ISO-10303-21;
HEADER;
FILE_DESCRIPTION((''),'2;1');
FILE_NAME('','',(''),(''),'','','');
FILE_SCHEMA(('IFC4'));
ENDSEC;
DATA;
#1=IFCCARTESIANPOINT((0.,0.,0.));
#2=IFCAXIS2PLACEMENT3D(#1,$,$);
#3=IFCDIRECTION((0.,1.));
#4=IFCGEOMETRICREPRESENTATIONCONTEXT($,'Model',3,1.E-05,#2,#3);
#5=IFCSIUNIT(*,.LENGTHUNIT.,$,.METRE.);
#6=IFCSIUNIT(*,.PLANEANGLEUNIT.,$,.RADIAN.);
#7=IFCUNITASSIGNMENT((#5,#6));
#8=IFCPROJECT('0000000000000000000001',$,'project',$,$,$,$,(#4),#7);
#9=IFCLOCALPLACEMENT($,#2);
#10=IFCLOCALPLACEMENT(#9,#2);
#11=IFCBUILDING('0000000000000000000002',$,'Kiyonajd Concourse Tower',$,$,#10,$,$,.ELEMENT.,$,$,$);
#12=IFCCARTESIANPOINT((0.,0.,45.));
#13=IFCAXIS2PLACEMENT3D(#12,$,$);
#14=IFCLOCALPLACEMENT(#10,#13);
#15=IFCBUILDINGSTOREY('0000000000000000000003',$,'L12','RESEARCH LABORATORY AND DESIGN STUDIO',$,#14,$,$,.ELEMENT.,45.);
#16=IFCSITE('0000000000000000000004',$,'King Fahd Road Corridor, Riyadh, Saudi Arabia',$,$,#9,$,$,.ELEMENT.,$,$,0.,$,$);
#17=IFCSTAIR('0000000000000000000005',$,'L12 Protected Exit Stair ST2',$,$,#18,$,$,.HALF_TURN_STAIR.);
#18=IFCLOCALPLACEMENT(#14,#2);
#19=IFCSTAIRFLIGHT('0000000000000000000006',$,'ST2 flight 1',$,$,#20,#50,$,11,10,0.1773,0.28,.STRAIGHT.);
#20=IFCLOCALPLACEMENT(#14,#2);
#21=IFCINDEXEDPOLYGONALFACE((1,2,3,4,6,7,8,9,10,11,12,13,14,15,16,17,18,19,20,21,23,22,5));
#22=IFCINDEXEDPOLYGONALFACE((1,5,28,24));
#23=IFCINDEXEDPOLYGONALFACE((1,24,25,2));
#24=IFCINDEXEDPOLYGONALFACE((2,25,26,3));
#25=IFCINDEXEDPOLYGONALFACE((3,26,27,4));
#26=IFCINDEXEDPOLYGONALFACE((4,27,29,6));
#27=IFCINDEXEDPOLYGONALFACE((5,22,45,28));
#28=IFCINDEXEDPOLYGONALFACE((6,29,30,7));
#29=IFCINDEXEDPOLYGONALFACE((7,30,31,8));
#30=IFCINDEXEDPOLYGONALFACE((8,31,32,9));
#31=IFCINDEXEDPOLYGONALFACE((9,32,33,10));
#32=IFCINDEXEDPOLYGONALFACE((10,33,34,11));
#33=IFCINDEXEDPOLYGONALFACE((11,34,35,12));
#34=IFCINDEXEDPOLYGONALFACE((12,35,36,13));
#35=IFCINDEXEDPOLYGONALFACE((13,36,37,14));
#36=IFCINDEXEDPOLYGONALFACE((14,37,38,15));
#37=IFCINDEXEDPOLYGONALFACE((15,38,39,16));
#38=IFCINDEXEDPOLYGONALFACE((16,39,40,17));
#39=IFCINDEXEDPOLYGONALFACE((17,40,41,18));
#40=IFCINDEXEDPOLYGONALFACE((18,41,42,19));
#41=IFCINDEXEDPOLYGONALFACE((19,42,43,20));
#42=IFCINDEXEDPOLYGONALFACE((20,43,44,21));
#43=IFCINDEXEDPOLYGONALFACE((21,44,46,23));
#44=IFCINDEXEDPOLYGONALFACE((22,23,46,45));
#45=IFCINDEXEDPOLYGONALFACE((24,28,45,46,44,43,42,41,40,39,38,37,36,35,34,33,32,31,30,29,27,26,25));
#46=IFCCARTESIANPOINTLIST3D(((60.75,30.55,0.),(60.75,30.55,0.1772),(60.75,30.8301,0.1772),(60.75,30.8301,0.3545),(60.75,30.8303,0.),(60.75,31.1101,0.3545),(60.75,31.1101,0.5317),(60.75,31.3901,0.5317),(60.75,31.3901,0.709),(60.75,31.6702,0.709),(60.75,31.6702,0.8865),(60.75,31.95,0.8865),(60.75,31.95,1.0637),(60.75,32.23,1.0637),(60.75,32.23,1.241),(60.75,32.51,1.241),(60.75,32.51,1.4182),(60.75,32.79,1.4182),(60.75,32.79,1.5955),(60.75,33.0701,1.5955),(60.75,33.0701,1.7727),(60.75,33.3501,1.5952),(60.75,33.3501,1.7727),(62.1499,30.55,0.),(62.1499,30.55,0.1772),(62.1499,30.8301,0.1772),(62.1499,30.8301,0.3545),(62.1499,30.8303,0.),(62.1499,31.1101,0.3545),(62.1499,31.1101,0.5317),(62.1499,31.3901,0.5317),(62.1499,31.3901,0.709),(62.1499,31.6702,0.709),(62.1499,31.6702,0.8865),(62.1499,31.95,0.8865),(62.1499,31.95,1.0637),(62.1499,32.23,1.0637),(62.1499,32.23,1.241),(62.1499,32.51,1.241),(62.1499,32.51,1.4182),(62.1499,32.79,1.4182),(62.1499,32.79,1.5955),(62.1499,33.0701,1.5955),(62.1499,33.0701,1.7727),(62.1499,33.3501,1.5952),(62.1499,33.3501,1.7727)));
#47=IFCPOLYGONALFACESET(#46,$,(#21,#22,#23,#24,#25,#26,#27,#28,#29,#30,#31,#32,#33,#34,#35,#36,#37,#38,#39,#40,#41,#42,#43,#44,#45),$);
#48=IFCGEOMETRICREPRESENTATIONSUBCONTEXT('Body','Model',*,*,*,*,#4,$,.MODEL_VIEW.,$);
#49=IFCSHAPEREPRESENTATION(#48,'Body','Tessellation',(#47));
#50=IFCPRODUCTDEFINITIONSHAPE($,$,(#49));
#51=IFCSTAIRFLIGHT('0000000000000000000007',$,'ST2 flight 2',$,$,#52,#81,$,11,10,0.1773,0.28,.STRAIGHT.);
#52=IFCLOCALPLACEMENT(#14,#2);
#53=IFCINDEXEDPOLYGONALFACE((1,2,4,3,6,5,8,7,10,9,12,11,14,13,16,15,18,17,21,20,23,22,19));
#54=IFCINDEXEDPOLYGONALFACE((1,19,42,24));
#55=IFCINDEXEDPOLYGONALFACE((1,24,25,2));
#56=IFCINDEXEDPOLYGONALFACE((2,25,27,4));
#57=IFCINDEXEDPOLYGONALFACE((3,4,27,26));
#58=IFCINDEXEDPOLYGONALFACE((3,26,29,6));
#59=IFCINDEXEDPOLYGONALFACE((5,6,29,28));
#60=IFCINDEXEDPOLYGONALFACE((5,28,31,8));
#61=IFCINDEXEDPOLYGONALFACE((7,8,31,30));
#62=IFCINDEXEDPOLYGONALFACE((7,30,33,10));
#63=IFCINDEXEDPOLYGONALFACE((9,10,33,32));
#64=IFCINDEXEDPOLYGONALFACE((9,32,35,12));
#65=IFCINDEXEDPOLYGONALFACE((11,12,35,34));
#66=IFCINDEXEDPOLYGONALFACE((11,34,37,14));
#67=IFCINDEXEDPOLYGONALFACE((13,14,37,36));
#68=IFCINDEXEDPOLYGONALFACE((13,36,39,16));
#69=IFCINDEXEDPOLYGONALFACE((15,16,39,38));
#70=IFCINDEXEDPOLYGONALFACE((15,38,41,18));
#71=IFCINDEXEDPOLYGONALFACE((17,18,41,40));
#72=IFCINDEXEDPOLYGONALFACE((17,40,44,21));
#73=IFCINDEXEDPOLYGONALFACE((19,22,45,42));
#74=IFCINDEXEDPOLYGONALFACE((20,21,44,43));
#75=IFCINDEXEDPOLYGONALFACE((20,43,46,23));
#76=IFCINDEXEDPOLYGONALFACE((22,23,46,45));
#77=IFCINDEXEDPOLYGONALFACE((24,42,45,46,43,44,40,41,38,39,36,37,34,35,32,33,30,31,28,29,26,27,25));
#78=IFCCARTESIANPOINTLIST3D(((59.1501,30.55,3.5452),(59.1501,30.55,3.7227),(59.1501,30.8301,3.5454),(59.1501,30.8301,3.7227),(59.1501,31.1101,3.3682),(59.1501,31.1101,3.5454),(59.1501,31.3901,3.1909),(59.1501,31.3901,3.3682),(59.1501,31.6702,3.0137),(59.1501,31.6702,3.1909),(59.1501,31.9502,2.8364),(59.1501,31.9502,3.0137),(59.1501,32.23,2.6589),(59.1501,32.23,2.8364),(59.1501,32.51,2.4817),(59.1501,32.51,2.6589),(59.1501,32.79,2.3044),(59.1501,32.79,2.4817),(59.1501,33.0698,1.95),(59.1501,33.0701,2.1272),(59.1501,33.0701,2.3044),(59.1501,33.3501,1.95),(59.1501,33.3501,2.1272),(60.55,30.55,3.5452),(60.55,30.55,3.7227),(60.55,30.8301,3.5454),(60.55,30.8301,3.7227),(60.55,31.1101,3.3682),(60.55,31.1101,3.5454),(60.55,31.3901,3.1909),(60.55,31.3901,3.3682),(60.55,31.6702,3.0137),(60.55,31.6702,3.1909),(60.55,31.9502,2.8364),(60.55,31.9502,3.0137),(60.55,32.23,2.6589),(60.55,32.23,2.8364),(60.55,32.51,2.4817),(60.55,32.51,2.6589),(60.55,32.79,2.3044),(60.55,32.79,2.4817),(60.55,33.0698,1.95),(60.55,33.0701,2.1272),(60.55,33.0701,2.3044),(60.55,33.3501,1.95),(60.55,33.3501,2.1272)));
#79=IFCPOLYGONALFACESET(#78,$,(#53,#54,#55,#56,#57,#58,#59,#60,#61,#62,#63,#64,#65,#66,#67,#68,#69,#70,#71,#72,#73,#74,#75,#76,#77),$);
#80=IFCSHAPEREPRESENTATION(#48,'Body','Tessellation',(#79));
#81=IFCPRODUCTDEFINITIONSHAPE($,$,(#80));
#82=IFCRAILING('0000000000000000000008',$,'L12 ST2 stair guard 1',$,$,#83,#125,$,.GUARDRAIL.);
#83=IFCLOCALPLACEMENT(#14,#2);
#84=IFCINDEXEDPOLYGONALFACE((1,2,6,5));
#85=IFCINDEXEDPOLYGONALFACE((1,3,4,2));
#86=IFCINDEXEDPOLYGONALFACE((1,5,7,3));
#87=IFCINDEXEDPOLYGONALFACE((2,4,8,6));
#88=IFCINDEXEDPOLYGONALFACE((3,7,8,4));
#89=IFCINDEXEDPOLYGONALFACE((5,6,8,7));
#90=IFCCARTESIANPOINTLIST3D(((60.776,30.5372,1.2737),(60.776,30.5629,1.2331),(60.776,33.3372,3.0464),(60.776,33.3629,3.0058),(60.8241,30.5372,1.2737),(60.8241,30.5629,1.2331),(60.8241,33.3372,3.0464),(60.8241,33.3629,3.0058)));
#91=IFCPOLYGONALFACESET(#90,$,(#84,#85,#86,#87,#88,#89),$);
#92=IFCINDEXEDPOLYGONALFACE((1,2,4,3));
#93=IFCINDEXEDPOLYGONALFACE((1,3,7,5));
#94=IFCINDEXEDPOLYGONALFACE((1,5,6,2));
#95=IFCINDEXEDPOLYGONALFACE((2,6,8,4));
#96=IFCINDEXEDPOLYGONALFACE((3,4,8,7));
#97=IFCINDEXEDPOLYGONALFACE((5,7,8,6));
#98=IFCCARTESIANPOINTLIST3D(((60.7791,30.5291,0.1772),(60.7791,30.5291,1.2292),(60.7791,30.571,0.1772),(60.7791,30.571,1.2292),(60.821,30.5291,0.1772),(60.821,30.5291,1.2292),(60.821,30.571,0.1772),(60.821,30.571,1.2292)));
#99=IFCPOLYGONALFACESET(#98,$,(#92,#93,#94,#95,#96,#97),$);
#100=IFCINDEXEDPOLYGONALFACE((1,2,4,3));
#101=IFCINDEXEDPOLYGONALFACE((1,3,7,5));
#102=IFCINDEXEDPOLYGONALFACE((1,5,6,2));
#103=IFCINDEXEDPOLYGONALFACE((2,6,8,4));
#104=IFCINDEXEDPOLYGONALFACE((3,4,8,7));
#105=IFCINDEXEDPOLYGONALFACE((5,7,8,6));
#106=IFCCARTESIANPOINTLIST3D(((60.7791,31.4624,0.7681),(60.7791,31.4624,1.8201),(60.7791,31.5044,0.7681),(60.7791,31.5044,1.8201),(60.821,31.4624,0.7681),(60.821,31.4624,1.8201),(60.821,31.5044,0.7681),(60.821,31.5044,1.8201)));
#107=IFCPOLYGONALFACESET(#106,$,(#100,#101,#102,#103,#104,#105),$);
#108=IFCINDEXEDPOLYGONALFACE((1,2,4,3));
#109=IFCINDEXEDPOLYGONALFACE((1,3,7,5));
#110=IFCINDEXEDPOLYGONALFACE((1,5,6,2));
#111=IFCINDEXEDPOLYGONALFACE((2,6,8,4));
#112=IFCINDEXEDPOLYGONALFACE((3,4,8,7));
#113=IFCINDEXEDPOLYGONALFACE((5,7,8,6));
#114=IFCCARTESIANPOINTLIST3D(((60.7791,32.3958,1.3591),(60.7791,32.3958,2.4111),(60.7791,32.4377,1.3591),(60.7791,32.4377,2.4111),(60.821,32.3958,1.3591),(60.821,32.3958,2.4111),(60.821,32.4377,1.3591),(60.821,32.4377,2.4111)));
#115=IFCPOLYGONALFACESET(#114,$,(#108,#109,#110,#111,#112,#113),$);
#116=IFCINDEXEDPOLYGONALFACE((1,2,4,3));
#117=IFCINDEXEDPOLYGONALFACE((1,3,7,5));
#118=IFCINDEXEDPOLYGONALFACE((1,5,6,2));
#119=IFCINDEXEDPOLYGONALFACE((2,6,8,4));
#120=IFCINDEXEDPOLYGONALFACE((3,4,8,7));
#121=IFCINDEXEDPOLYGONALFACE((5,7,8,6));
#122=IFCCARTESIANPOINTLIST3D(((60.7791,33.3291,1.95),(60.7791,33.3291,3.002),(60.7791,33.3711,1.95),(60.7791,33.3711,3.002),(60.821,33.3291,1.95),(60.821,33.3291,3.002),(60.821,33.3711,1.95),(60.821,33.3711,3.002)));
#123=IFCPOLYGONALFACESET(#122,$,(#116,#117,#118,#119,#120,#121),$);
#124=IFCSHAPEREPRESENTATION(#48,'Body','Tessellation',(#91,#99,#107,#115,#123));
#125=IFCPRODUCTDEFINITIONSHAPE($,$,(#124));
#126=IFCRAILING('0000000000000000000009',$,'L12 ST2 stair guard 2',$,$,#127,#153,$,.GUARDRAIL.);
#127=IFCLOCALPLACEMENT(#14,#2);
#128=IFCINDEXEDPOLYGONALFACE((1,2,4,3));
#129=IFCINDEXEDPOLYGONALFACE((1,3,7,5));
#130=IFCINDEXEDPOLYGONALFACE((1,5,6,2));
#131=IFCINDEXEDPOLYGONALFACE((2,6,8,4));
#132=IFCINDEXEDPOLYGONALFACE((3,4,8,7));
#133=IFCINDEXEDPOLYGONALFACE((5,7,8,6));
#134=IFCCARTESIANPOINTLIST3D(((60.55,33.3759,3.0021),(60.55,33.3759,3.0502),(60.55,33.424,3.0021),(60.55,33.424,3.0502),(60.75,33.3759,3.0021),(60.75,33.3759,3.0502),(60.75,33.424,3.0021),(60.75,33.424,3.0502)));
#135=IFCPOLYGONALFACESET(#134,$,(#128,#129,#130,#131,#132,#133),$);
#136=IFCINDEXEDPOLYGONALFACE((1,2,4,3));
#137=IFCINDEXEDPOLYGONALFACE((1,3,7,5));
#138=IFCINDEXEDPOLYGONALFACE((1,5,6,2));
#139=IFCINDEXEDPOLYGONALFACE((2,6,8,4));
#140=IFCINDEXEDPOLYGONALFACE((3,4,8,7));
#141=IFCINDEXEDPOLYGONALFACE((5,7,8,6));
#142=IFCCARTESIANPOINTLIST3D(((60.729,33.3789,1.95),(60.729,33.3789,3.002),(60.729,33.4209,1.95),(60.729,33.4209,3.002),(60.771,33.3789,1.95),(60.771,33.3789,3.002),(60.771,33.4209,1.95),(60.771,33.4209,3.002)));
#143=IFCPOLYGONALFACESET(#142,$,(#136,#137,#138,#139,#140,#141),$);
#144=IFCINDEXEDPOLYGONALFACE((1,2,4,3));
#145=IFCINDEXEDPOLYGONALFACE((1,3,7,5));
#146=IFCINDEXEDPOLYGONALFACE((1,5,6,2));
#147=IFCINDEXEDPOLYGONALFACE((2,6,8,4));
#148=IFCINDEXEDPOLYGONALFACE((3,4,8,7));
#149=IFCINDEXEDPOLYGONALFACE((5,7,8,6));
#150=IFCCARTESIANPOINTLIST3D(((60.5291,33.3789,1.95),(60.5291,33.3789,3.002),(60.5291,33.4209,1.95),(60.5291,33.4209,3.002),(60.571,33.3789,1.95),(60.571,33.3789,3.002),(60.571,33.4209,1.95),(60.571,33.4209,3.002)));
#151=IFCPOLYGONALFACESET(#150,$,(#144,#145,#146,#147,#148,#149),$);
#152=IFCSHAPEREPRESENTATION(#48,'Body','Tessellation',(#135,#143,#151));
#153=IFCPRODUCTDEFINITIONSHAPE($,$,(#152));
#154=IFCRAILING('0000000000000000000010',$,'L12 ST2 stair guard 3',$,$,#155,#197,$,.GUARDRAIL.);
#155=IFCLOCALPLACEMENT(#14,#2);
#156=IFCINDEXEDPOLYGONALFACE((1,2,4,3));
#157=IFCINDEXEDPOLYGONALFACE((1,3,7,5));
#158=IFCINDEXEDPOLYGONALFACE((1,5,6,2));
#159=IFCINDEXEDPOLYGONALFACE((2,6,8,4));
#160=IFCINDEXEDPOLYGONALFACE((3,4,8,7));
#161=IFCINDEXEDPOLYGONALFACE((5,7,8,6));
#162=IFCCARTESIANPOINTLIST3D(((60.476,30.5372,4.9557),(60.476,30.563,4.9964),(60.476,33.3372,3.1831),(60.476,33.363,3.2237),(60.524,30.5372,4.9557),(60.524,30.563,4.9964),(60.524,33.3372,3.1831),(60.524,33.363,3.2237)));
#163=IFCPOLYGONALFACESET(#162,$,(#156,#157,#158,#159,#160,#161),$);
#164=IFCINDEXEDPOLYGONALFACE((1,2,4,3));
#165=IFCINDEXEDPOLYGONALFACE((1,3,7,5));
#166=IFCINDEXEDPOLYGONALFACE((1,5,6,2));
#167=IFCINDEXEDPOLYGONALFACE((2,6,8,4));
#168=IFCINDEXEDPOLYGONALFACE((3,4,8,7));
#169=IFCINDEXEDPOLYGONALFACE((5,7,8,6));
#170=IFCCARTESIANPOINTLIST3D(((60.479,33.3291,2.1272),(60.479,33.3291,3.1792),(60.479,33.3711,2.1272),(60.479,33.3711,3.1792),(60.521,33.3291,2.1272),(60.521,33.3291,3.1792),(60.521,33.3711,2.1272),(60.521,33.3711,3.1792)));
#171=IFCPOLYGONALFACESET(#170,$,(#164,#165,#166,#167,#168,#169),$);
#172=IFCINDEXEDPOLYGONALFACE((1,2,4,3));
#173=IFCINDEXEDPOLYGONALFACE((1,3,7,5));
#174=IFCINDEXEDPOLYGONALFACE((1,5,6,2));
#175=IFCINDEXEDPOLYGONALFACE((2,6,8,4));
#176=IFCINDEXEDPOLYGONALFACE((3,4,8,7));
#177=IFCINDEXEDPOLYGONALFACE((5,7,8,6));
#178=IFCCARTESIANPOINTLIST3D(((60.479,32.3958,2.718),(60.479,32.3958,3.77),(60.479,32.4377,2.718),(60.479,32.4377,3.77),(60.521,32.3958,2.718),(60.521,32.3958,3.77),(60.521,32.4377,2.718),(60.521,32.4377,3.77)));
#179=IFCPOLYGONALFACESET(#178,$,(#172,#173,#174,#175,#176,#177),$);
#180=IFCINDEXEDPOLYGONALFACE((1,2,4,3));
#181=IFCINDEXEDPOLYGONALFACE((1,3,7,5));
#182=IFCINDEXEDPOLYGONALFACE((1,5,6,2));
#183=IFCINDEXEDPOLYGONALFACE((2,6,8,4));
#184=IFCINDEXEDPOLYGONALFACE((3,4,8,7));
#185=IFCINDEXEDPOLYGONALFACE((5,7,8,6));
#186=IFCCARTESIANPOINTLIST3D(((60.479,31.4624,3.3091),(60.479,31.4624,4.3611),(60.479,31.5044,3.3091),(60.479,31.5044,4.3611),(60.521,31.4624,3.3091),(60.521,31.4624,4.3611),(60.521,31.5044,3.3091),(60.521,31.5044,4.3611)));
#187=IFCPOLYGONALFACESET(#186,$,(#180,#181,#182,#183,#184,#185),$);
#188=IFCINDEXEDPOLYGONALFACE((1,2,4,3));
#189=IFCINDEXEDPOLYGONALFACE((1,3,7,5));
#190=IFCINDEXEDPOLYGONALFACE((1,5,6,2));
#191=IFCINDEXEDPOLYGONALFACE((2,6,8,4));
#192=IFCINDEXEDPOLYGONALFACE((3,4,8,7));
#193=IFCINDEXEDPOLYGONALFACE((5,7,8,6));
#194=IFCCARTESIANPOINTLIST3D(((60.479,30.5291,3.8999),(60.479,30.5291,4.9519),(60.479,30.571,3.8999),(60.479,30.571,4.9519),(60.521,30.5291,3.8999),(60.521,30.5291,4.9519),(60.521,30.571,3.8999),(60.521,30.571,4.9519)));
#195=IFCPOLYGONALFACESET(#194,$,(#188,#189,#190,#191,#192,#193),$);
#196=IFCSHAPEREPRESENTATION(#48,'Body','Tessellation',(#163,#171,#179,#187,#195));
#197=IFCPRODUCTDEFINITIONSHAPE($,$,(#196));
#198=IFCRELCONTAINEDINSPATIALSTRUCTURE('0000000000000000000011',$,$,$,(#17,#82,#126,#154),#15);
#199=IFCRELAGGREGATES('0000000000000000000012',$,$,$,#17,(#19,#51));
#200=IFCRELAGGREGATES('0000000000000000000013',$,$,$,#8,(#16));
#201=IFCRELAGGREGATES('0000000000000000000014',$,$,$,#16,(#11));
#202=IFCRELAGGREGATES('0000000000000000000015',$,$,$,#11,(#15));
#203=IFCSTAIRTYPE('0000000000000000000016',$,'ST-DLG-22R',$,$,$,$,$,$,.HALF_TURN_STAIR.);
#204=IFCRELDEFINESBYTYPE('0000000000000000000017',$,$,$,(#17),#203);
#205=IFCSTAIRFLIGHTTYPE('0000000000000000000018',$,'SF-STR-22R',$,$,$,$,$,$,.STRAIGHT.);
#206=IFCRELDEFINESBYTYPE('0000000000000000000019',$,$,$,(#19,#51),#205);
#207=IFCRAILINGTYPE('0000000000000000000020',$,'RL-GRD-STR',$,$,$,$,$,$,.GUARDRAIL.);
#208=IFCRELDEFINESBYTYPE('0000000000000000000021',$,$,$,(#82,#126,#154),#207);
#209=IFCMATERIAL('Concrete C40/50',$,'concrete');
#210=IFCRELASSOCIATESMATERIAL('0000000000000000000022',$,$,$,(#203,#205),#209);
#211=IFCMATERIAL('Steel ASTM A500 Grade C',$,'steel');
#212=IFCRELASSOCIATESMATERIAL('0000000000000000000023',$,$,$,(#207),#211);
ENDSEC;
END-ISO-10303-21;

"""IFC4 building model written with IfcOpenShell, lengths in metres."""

from ifc_helpers import new_model, si_unit, direction, frame, origin, origin_2d, place, context, subcontext, project, spatial, polyline, rectangle, outline, extrude, material, type_object, element, aggregate, save


model = new_model("IFC4")

# Units and contexts
model_context = context("Model", 3, precision=1e-05, world=origin(), true_north=direction((0.0, 1.0)))
body_context = subcontext(model_context, "Body", "Model", "MODEL_VIEW")
ifc_project = project(units=[si_unit("LENGTHUNIT", "METRE"), si_unit("PLANEANGLEUNIT", "RADIAN")], contexts=[model_context])

# Site, building, storey
site_placement = place(None, origin())
site = spatial("IfcSite", under=ifc_project, at=site_placement, Name="King Fahd Road Corridor, Riyadh, Saudi Arabia", CompositionType="ELEMENT", RefElevation=0.0)
building_placement = place(site_placement, origin())
building = spatial("IfcBuilding", under=site, at=building_placement, Name="Kiyonajd Concourse Tower", CompositionType="ELEMENT")
storey_placement = place(building_placement, frame((0.0, 0.0, 45.0)))
storey = spatial("IfcBuildingStorey", under=building, at=storey_placement, Name="L12", Description="RESEARCH LABORATORY AND DESIGN STUDIO", CompositionType="ELEMENT", Elevation=45.0)

# Stair, stair flights
ifc_material_1 = material(Name="Concrete C40/50", Category="concrete")
stair_type = type_object("IfcStairType", Name="ST-DLG-22R", PredefinedType="HALF_TURN_STAIR", material=ifc_material_1)
stair_placement = place(storey_placement, origin())
stair = element("IfcStair", 1, at=stair_placement, inside=storey, type_object=stair_type, Name="L12 Protected Exit Stair ST2", PredefinedType="HALF_TURN_STAIR")
stair_flight_type = type_object("IfcStairFlightType", Name="SF-STR-22R", PredefinedType="STRAIGHT", material=ifc_material_1)
stair_flight_1_placement = place(storey_placement, frame((61.45, 30.55, 0.0), z_axis=(0.0, 0.0, 1.0), x_axis=(0.0, 1.0, 0.0)))
stair_flight_1 = element("IfcStairFlight", 2, at=stair_flight_1_placement, type_object=stair_flight_type, Name="ST2 flight 1", NumberOfRisers=11, NumberOfTreads=10, PredefinedType="STRAIGHT", RiserHeight=0.1773, TreadLength=0.28, context=body_context, shape_type="SweptSolid", body=[
    extrude(outline(polyline([(0.0, 0.0), (0.0, 0.1772), (0.28, 0.1772), (0.28, 0.3545), (0.5601, 0.3545), (0.5601, 0.5317), (0.8401, 0.5317), (0.8401, 0.709), (1.1201, 0.709), (1.1201, 0.8865), (1.3999, 0.8865), (1.3999, 1.0637), (1.6799, 1.0637), (1.6799, 1.241), (1.96, 1.241), (1.96, 1.4182), (2.24, 1.4182), (2.24, 1.5955), (2.52, 1.5955), (2.52, 1.7727), (2.8, 1.7727), (2.8, 1.95), (2.8, 1.5952), (0.2803, 0.0), (0.0, 0.0)])), frame((0.0, 0.7, 0.0), z_axis=(0.0, -1.0, 0.0), x_axis=(1.0, 0.0, 0.0)), (0.0, 0.0, 1.0), 1.3999),
])
stair_flight_2_placement = place(storey_placement, frame((59.8501, 33.3501, 1.95), z_axis=(0.0, 0.0, 1.0), x_axis=(0.0, -1.0, 0.0)))
stair_flight_2 = element("IfcStairFlight", 3, at=stair_flight_2_placement, type_object=stair_flight_type, Name="ST2 flight 2", NumberOfRisers=11, NumberOfTreads=10, PredefinedType="STRAIGHT", RiserHeight=0.1773, TreadLength=0.28, context=body_context, shape_type="SweptSolid", body=[
    extrude(outline(polyline([(0.0, 0.0), (0.0, 0.1772), (0.28, 0.1772), (0.28, 0.3545), (0.5601, 0.3545), (0.5601, 0.5317), (0.8401, 0.5317), (0.8401, 0.709), (1.1201, 0.709), (1.1201, 0.8865), (1.3999, 0.8865), (1.3999, 1.0637), (1.6799, 1.0637), (1.6799, 1.241), (1.96, 1.241), (1.96, 1.4182), (2.24, 1.4182), (2.24, 1.5955), (2.52, 1.5955), (2.52, 1.7727), (2.8, 1.7727), (2.8, 1.95), (2.8, 1.5952), (0.2803, 0.0), (0.0, 0.0)])), frame((0.0, 0.7, 0.0), z_axis=(0.0, -1.0, 0.0), x_axis=(1.0, 0.0, 0.0)), (0.0, 0.0, 1.0), 1.3999),
])
aggregate(stair, [stair_flight_1, stair_flight_2])

# Railings
ifc_material_2 = material(Name="Steel ASTM A500 Grade C", Category="steel")
railing_type_1 = type_object("IfcRailingType", Name="RL-GRD-STR", PredefinedType="GUARDRAIL", material=ifc_material_2)
railing_1_placement = place(storey_placement, frame((60.8, 30.55, 0.1772)))
element("IfcRailing", 4, at=railing_1_placement, inside=storey, type_object=railing_type_1, Name="L12 ST2 stair guard 1", PredefinedType="GUARDRAIL", context=body_context, shape_type="SweptSolid", body=[
    extrude(rectangle(XDim=0.0481, YDim=0.0481, at=origin_2d()), frame((0.0, 0.0, 1.0762), z_axis=(0.0, 0.844909, 0.53491), x_axis=(-1.0, 0.0, 0.0)), (0.0, 0.0, 1.0), 3.314),
    extrude(rectangle(XDim=0.042, YDim=0.042, at=origin_2d()), origin(), (0.0, 0.0, 1.0), 1.052),
    extrude(rectangle(XDim=0.042, YDim=0.042, at=origin_2d()), frame((0.0, 0.9333, 0.5908)), (0.0, 0.0, 1.0), 1.052),
    extrude(rectangle(XDim=0.042, YDim=0.042, at=origin_2d()), frame((0.0, 1.8667, 1.1819)), (0.0, 0.0, 1.0), 1.052),
    extrude(rectangle(XDim=0.042, YDim=0.042, at=origin_2d()), frame((0.0, 2.8, 1.7727)), (0.0, 0.0, 1.0), 1.052),
])
railing_2_placement = place(storey_placement, frame((60.75, 33.3999, 1.95)))
element("IfcRailing", 5, at=railing_2_placement, inside=storey, type_object=railing_type_1, Name="L12 ST2 stair guard 2", PredefinedType="GUARDRAIL", context=body_context, shape_type="SweptSolid", body=[
    extrude(rectangle(XDim=0.0481, YDim=0.0481, at=origin_2d()), frame((0.0, 0.0, 1.0762), z_axis=(-1.0, 0.0, 0.0), x_axis=(0.0, -1.0, 0.0)), (0.0, 0.0, 1.0), 0.2),
    extrude(rectangle(XDim=0.042, YDim=0.042, at=origin_2d()), origin(), (0.0, 0.0, 1.0), 1.052),
    extrude(rectangle(XDim=0.042, YDim=0.042, at=origin_2d()), frame((-0.2, 0.0, 0.0)), (0.0, 0.0, 1.0), 1.052),
])
railing_3_placement = place(storey_placement, frame((60.5, 33.3501, 2.1272)))
element("IfcRailing", 6, at=railing_3_placement, inside=storey, type_object=railing_type_1, Name="L12 ST2 stair guard 3", PredefinedType="GUARDRAIL", context=body_context, shape_type="SweptSolid", body=[
    extrude(rectangle(XDim=0.0481, YDim=0.0481, at=origin_2d()), frame((0.0, 0.0, 1.0762), z_axis=(0.0, -0.844909, 0.53491), x_axis=(1.0, 0.0, 0.0)), (0.0, 0.0, 1.0), 3.314),
    extrude(rectangle(XDim=0.042, YDim=0.042, at=origin_2d()), origin(), (0.0, 0.0, 1.0), 1.052),
    extrude(rectangle(XDim=0.042, YDim=0.042, at=origin_2d()), frame((0.0, -0.9333, 0.5908)), (0.0, 0.0, 1.0), 1.052),
    extrude(rectangle(XDim=0.042, YDim=0.042, at=origin_2d()), frame((0.0, -1.8667, 1.1819)), (0.0, 0.0, 1.0), 1.052),
    extrude(rectangle(XDim=0.042, YDim=0.042, at=origin_2d()), frame((0.0, -2.8, 1.7727)), (0.0, 0.0, 1.0), 1.052),
])

save(model, "model.ifc")
